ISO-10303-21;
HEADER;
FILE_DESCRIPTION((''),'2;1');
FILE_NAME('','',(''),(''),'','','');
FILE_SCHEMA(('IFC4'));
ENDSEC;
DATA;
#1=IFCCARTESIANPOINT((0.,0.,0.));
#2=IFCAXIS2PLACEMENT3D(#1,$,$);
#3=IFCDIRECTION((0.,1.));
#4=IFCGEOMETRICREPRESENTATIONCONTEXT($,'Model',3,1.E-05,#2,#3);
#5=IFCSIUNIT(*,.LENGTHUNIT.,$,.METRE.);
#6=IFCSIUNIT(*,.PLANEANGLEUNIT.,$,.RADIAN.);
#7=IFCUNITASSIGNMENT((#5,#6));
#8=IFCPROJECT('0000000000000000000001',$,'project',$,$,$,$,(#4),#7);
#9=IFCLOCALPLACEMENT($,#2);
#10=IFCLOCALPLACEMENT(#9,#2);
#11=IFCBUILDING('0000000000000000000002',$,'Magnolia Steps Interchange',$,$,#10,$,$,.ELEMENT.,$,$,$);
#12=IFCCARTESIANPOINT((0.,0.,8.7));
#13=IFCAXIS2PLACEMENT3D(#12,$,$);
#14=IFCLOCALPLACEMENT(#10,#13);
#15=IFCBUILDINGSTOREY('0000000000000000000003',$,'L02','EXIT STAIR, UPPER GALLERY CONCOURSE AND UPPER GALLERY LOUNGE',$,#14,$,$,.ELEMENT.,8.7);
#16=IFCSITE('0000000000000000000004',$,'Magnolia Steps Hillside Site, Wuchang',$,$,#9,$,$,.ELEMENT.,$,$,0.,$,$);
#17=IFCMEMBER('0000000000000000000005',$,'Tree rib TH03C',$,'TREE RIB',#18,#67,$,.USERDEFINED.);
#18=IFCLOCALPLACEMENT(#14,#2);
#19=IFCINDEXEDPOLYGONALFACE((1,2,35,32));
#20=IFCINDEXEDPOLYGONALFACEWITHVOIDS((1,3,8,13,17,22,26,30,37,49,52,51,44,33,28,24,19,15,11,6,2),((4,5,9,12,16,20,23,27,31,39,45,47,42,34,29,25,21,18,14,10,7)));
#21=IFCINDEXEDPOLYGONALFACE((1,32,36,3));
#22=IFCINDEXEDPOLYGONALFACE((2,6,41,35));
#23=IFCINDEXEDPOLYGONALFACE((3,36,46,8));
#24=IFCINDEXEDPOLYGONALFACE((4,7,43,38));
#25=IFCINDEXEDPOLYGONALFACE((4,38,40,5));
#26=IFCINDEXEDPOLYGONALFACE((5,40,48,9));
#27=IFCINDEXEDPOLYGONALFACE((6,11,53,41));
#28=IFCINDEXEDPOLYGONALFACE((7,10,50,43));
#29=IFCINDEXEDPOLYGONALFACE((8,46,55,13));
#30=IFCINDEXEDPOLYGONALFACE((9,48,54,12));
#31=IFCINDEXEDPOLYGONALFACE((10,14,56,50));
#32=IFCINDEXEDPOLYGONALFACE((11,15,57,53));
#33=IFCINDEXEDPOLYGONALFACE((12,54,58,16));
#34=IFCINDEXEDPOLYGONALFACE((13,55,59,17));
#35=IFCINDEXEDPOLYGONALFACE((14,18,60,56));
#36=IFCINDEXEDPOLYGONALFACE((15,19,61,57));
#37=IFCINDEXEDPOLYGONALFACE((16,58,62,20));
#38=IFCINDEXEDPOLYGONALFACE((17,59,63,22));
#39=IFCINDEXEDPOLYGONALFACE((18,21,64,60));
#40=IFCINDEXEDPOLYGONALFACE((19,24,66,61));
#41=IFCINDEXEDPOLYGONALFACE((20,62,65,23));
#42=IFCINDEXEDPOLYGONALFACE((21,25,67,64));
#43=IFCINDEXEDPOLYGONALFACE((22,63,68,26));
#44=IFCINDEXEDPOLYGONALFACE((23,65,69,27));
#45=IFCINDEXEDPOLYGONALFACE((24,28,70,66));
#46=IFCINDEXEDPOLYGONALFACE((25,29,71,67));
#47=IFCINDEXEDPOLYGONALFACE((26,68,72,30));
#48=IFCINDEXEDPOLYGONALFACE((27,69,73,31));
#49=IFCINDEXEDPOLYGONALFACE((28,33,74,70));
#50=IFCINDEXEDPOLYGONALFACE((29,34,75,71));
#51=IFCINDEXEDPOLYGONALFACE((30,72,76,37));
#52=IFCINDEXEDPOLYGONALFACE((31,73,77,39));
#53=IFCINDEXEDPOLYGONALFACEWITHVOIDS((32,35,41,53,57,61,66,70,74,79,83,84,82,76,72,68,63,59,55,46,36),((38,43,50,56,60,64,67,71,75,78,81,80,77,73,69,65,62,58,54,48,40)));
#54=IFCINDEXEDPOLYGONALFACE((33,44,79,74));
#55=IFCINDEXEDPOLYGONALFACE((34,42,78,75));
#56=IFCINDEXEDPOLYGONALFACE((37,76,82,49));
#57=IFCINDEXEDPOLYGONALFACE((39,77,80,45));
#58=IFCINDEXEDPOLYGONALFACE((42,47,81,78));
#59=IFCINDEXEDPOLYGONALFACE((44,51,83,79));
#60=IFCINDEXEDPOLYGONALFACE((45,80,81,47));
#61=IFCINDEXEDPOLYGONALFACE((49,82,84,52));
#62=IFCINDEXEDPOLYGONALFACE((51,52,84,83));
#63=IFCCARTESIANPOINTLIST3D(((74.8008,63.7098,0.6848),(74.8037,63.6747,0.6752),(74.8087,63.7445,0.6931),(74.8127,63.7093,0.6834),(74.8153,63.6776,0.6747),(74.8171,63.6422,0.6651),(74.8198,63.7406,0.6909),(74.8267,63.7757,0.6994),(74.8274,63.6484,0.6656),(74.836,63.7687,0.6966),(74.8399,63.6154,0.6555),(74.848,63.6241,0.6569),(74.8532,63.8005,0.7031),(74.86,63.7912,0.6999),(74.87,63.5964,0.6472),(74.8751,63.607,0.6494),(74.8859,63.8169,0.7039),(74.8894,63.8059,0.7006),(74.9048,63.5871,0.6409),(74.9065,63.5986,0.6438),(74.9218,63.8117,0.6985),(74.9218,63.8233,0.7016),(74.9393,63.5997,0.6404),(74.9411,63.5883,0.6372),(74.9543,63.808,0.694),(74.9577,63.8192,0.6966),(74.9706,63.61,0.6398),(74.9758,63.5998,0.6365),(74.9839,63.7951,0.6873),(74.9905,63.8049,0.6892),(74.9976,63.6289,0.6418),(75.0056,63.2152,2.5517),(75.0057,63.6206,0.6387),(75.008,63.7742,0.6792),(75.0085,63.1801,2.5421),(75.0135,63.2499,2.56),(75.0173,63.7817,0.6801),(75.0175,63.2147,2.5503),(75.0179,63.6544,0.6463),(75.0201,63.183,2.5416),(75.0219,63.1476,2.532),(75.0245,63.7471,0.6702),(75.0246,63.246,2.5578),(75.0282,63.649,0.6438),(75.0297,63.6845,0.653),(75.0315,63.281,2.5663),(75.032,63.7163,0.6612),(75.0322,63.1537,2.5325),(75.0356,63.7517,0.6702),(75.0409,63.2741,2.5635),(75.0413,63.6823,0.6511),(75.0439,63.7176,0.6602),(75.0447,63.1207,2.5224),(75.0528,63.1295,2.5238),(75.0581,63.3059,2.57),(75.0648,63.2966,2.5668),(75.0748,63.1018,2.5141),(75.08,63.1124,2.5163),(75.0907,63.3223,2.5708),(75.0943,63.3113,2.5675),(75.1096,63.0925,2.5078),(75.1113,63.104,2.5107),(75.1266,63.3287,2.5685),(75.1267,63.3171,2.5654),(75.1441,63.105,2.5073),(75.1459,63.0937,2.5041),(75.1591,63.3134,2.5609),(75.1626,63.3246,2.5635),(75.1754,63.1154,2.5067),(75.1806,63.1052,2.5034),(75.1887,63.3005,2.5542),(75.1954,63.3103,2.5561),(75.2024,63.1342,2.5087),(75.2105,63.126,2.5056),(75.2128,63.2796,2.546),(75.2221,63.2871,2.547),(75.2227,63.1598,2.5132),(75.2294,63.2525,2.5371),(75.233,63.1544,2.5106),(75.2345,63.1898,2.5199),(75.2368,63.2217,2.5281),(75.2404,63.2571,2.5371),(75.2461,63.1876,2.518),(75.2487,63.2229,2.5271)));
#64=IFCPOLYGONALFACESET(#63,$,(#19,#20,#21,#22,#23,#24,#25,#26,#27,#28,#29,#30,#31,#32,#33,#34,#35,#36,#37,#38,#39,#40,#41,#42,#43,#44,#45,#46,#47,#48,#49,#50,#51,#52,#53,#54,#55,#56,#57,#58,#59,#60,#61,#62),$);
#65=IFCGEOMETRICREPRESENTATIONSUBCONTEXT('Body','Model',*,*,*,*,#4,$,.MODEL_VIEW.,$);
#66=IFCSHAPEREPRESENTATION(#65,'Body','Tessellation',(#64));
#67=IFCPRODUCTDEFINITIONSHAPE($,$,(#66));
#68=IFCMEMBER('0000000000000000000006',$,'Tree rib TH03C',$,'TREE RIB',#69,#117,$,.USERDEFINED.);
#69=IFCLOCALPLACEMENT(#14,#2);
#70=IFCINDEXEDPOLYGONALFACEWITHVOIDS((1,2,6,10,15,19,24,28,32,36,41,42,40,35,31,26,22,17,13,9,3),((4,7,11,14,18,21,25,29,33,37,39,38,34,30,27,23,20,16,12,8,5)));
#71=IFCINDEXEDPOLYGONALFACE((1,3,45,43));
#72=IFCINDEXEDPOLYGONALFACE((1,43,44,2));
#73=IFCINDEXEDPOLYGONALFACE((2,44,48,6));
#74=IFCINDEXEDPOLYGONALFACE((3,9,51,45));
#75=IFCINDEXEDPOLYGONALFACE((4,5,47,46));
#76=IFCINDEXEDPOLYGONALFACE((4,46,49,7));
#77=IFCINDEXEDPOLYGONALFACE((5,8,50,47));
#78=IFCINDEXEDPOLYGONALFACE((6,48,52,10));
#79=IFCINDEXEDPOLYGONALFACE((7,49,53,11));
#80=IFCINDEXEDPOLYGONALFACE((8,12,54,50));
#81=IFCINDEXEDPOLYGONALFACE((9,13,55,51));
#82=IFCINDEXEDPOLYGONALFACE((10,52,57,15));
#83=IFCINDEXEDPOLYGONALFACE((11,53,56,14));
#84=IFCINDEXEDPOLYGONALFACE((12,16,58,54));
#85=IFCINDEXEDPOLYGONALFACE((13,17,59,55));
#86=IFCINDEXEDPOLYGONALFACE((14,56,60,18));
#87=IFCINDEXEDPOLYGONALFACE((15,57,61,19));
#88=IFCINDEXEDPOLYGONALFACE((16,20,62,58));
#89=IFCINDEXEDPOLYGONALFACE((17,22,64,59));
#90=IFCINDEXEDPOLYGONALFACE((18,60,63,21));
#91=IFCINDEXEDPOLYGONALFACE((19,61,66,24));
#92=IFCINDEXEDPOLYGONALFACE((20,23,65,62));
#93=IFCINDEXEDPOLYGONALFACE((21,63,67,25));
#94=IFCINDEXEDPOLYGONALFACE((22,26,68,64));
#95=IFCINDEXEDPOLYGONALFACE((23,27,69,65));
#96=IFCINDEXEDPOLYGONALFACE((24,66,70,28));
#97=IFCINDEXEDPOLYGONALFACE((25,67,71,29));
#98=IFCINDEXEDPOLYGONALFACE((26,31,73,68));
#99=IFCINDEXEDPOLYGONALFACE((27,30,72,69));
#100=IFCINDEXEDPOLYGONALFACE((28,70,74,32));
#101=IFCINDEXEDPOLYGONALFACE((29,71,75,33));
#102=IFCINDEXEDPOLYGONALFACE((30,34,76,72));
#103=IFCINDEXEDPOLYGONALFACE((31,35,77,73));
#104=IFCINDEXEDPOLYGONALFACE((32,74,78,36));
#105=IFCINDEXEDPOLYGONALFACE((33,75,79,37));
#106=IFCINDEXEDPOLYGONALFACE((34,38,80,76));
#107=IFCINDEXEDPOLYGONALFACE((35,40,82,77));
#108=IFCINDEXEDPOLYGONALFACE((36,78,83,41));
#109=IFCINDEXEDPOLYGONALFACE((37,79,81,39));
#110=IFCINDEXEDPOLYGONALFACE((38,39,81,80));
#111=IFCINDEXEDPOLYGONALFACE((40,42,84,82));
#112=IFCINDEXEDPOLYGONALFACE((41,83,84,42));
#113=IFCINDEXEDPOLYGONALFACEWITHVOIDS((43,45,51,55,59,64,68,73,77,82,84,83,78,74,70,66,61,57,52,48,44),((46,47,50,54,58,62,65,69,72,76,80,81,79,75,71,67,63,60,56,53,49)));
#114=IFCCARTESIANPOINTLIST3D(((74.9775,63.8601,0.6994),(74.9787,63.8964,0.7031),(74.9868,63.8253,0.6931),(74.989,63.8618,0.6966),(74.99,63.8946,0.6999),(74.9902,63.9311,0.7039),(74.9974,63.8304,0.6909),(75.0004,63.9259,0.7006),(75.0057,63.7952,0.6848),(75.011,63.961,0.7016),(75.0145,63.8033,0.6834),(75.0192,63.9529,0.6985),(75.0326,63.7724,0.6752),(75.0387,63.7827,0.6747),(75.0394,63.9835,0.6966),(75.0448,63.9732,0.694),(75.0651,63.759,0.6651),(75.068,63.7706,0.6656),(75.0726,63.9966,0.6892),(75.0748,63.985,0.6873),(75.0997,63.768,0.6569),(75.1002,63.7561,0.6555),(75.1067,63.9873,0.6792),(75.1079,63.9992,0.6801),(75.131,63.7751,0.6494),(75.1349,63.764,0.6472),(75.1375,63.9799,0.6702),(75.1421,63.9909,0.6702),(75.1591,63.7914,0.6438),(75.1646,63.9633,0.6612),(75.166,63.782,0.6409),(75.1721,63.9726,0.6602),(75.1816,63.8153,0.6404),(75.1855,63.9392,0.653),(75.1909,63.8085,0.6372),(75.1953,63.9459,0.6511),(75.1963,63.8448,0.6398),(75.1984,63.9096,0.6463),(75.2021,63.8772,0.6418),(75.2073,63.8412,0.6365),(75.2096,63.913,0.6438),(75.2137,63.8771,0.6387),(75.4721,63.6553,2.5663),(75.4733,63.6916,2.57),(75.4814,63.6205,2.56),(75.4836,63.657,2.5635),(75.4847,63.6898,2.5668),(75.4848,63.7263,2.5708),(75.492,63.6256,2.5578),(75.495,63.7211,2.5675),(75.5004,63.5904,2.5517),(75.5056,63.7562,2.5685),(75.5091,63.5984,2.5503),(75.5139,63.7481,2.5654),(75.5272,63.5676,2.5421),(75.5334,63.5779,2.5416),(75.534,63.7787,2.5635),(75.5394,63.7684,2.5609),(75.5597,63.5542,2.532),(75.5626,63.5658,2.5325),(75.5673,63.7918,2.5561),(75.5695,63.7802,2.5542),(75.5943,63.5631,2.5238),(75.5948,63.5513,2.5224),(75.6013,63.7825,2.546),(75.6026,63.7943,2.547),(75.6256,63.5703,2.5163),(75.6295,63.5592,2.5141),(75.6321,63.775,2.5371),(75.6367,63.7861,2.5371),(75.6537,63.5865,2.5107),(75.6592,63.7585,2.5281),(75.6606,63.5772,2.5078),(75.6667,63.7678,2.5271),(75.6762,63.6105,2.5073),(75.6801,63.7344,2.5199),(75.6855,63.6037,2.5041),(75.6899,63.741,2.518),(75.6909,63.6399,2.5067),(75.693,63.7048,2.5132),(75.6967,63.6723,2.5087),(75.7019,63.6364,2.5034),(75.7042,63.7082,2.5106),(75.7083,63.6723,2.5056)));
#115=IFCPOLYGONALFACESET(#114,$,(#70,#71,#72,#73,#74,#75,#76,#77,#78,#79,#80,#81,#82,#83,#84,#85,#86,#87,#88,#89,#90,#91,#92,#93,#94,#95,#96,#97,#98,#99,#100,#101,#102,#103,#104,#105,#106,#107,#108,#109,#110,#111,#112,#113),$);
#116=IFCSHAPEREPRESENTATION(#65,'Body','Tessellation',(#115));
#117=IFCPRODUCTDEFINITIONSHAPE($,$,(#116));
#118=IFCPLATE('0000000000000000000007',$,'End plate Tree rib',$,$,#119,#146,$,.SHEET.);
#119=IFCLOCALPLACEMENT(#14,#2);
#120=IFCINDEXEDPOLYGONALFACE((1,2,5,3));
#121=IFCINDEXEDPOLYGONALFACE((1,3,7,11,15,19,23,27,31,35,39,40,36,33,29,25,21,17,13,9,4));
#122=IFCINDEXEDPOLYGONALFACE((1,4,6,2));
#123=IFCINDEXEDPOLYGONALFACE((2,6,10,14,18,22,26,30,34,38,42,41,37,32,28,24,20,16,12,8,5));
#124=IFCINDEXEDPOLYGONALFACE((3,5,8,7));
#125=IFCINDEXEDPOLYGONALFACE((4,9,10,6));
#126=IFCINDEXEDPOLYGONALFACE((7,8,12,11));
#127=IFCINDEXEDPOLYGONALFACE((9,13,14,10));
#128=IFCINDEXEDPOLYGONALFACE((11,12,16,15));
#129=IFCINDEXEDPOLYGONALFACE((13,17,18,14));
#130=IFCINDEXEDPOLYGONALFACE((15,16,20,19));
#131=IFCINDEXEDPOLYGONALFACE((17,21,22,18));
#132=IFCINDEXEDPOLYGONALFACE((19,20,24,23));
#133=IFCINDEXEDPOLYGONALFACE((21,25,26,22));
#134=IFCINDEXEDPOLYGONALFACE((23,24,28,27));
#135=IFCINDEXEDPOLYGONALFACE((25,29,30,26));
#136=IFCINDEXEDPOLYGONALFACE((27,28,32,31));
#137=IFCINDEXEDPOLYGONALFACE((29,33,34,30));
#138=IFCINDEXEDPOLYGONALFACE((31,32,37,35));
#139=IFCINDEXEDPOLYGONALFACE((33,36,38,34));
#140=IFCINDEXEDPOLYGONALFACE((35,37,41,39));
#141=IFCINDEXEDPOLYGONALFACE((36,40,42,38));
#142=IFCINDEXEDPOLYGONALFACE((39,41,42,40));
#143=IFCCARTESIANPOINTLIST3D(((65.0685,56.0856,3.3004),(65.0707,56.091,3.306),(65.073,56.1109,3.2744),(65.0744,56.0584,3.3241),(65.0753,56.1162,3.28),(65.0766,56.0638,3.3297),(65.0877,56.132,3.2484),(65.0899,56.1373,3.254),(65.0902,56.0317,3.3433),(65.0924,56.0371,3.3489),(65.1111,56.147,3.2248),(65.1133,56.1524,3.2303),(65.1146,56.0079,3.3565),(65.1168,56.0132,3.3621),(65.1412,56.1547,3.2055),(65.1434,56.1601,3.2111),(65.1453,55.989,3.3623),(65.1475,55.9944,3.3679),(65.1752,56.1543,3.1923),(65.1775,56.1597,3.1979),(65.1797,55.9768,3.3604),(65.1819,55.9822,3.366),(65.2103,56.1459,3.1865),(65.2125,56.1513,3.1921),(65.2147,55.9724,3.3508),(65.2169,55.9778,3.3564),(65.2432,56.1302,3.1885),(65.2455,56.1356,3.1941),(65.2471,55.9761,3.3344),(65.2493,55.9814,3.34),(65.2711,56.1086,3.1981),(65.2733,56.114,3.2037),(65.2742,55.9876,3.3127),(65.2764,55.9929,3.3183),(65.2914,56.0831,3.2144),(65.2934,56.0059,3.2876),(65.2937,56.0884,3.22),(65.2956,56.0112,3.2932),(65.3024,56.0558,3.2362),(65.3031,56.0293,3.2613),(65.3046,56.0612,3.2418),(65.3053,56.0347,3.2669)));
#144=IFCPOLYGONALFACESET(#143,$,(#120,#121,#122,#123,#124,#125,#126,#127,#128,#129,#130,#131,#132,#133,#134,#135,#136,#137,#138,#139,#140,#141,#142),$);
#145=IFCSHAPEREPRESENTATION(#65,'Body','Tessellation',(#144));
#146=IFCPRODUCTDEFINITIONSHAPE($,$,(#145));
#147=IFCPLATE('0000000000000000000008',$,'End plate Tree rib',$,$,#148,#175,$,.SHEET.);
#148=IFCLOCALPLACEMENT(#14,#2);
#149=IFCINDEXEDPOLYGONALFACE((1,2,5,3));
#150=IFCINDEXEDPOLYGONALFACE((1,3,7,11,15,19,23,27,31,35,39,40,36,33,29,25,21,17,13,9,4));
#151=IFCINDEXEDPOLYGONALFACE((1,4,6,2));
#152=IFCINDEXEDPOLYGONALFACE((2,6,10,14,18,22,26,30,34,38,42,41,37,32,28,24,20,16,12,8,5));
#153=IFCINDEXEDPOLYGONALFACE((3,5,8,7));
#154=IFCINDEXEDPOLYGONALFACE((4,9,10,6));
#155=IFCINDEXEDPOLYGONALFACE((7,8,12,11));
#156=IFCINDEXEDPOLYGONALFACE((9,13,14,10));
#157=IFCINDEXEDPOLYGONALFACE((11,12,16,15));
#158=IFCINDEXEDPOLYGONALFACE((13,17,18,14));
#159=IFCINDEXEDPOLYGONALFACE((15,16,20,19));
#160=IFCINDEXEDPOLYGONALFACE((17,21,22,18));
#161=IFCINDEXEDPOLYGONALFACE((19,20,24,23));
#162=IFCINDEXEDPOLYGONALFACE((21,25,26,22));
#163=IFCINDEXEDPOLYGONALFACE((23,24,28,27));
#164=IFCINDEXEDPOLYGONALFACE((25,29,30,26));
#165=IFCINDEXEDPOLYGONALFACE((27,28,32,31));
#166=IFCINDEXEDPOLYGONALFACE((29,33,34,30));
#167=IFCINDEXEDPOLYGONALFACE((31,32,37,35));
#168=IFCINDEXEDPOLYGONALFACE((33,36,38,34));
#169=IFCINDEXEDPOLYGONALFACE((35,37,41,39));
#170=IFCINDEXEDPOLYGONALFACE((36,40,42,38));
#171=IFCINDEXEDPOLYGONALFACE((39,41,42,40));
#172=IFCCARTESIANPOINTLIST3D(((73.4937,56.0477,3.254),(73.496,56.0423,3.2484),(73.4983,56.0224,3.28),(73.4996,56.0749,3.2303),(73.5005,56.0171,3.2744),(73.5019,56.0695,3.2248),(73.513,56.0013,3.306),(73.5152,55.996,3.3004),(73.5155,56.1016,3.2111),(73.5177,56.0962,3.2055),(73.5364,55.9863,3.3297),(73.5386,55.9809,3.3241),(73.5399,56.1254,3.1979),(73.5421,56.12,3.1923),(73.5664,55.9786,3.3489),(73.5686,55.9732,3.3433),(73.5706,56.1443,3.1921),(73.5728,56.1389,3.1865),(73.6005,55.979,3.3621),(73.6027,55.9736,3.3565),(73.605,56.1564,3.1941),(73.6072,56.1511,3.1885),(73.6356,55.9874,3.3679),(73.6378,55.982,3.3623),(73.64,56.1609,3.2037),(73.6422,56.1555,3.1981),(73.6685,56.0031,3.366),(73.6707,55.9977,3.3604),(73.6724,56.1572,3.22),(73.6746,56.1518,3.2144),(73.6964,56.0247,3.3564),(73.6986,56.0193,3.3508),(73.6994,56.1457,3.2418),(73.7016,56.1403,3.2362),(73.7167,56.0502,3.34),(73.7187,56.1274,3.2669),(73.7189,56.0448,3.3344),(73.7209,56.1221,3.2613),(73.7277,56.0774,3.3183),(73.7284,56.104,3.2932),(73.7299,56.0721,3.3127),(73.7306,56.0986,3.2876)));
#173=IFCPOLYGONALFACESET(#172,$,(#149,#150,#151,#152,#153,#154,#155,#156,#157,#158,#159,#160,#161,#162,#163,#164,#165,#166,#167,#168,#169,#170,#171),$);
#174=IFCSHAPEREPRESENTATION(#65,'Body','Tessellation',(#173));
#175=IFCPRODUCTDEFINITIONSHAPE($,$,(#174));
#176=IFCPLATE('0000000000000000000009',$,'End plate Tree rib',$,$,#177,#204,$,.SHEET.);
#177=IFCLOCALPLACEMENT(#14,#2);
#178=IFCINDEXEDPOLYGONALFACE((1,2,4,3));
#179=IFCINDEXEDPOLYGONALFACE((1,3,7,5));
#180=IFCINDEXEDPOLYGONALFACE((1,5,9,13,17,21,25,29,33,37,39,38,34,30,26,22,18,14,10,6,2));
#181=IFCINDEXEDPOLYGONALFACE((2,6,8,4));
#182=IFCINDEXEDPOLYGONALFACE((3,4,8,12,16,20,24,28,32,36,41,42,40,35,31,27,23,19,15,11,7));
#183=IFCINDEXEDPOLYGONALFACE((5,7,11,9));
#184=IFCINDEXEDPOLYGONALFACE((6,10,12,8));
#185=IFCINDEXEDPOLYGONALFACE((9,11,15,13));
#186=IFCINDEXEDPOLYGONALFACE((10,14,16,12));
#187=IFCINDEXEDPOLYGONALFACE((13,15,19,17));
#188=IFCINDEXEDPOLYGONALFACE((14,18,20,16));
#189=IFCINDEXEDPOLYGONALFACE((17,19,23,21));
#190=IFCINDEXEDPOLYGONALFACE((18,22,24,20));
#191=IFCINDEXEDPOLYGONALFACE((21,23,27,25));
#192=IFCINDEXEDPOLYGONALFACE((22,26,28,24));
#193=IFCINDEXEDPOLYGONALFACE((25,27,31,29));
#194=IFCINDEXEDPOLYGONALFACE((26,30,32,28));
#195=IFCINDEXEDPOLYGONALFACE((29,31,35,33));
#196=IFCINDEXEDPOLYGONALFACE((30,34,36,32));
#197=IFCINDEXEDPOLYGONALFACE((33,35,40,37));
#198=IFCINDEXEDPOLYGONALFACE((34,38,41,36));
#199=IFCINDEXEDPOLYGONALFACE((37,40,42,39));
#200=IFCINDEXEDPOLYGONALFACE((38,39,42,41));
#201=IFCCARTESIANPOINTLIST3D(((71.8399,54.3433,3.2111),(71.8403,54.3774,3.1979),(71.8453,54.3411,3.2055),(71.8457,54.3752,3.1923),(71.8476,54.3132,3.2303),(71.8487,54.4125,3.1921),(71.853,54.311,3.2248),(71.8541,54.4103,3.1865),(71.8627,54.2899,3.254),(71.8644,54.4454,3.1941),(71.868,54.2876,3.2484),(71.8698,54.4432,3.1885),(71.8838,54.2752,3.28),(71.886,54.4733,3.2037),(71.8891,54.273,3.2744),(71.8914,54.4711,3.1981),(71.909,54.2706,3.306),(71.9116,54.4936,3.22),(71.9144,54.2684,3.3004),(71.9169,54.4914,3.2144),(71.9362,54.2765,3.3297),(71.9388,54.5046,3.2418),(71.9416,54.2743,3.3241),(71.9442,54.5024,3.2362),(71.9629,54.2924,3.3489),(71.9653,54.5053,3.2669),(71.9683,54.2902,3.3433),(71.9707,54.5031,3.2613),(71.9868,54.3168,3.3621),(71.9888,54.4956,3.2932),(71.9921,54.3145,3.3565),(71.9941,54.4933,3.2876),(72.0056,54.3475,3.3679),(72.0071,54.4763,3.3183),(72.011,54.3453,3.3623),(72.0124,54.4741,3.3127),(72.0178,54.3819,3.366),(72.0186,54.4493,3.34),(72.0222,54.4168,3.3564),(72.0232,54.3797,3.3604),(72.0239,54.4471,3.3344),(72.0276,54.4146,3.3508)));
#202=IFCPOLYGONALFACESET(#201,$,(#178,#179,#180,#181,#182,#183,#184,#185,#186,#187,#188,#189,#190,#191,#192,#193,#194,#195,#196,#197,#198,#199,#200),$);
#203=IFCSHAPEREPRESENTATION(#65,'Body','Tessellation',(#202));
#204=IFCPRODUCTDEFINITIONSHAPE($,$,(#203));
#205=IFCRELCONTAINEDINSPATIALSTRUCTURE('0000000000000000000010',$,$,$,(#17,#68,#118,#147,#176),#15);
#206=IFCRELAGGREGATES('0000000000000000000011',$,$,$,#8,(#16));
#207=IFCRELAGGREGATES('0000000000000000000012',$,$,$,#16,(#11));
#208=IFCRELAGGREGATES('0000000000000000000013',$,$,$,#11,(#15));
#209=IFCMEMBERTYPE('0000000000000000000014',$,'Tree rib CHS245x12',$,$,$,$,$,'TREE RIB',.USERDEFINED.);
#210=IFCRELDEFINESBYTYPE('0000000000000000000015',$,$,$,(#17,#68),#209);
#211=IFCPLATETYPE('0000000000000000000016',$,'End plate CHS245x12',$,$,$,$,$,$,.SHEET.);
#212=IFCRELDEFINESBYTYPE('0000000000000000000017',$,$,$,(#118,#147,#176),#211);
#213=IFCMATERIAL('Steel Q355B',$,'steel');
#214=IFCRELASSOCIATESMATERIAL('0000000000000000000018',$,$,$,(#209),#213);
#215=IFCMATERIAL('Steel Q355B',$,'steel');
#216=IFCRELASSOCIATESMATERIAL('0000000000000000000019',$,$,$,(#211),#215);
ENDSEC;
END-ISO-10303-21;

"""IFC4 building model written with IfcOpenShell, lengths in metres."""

from ifc_helpers import new_model, si_unit, direction, frame, origin, origin_2d, place, context, subcontext, project, spatial, circle, hollow_circle, extrude, material, material_profile, profile_set, type_object, element, save


model = new_model("IFC4")

# Units and contexts
model_context = context("Model", 3, precision=1e-05, world=origin(), true_north=direction((0.0, 1.0)))
body_context = subcontext(model_context, "Body", "Model", "MODEL_VIEW")
ifc_project = project(units=[si_unit("LENGTHUNIT", "METRE"), si_unit("PLANEANGLEUNIT", "RADIAN")], contexts=[model_context])

# Site, building, storey
site_placement = place(None, origin())
site = spatial("IfcSite", under=ifc_project, at=site_placement, Name="Magnolia Steps Hillside Site, Wuchang", CompositionType="ELEMENT", RefElevation=0.0)
building_placement = place(site_placement, origin())
building = spatial("IfcBuilding", under=site, at=building_placement, Name="Magnolia Steps Interchange", CompositionType="ELEMENT")
storey_placement = place(building_placement, frame((0.0, 0.0, 8.7)))
storey = spatial("IfcBuildingStorey", under=building, at=storey_placement, Name="L02", Description="EXIT STAIR, UPPER GALLERY CONCOURSE AND UPPER GALLERY LOUNGE", CompositionType="ELEMENT", Elevation=8.7)

# Members
ifc_material_1 = material(Name="Steel Q355B", Category="steel")
ifc_material_profile_1 = material_profile(ifc_material_1, hollow_circle(Radius=0.1226, WallThickness=0.012, at=origin_2d()), Name="CHS245x12")
ifc_profile_set_1 = profile_set([ifc_material_profile_1], Name="Steel Q355B")
member_type = type_object("IfcMemberType", Name="Tree rib CHS245x12", ElementType="TREE RIB", PredefinedType="USERDEFINED", material=ifc_profile_set_1)
for number, where, z_axis, x_axis, name in (
    (1, (74.9224, 63.7048, 0.6702), (0.105466, -0.254676, 0.961258), (0.923911, 0.382607, 0.0), "Tree rib TH03C"),
    (2, (75.0952, 63.8777, 0.6702), (0.254676, -0.105466, 0.961258), (0.382607, 0.923911, 0.0), "Tree rib TH03C"),
):
    element("IfcMember", number, at=place(storey_placement, frame(where, z_axis=z_axis, x_axis=x_axis)), inside=storey, type_object=member_type, Name=name, ObjectType="TREE RIB", PredefinedType="USERDEFINED", context=body_context, shape_type="SweptSolid", body=[
        extrude(hollow_circle(Radius=0.1226, WallThickness=0.012, at=origin_2d()), origin(), (0.0, 0.0, 1.0), 1.9421),
    ])

# Plates
ifc_material_2 = material(Name="Steel Q355B", Category="steel")
ifc_material_profile_2 = material_profile(ifc_material_2, circle(Radius=0.1226, at=origin_2d()), Name="End plate CHS245x12")
ifc_profile_set_2 = profile_set([ifc_material_profile_2], Name="Steel Q355B")
plate_type_1 = type_object("IfcPlateType", Name="End plate CHS245x12", PredefinedType="SHEET", material=ifc_profile_set_2)
for number, where, z_axis, x_axis, name in (
    (3, (65.1863, 56.064, 3.2744), (0.275279, 0.664583, 0.694658), (-0.92388, 0.382683, 0.0), "End plate Tree rib"),
    (4, (73.6138, 56.064, 3.2744), (-0.275279, 0.664583, 0.694658), (-0.92388, -0.382683, 0.0), "End plate Tree rib"),
    (5, (71.936, 54.3862, 3.2744), (-0.664583, 0.275279, 0.694658), (-0.382683, -0.92388, 0.0), "End plate Tree rib"),
):
    element("IfcPlate", number, at=place(storey_placement, frame(where, z_axis=z_axis, x_axis=x_axis)), inside=storey, type_object=plate_type_1, Name=name, PredefinedType="SHEET", context=body_context, shape_type="SweptSolid", body=[
        extrude(circle(Radius=0.1226, at=origin_2d()), origin(), (0.0, 0.0, 1.0), 0.0081),
    ])

save(model, "model.ifc")
